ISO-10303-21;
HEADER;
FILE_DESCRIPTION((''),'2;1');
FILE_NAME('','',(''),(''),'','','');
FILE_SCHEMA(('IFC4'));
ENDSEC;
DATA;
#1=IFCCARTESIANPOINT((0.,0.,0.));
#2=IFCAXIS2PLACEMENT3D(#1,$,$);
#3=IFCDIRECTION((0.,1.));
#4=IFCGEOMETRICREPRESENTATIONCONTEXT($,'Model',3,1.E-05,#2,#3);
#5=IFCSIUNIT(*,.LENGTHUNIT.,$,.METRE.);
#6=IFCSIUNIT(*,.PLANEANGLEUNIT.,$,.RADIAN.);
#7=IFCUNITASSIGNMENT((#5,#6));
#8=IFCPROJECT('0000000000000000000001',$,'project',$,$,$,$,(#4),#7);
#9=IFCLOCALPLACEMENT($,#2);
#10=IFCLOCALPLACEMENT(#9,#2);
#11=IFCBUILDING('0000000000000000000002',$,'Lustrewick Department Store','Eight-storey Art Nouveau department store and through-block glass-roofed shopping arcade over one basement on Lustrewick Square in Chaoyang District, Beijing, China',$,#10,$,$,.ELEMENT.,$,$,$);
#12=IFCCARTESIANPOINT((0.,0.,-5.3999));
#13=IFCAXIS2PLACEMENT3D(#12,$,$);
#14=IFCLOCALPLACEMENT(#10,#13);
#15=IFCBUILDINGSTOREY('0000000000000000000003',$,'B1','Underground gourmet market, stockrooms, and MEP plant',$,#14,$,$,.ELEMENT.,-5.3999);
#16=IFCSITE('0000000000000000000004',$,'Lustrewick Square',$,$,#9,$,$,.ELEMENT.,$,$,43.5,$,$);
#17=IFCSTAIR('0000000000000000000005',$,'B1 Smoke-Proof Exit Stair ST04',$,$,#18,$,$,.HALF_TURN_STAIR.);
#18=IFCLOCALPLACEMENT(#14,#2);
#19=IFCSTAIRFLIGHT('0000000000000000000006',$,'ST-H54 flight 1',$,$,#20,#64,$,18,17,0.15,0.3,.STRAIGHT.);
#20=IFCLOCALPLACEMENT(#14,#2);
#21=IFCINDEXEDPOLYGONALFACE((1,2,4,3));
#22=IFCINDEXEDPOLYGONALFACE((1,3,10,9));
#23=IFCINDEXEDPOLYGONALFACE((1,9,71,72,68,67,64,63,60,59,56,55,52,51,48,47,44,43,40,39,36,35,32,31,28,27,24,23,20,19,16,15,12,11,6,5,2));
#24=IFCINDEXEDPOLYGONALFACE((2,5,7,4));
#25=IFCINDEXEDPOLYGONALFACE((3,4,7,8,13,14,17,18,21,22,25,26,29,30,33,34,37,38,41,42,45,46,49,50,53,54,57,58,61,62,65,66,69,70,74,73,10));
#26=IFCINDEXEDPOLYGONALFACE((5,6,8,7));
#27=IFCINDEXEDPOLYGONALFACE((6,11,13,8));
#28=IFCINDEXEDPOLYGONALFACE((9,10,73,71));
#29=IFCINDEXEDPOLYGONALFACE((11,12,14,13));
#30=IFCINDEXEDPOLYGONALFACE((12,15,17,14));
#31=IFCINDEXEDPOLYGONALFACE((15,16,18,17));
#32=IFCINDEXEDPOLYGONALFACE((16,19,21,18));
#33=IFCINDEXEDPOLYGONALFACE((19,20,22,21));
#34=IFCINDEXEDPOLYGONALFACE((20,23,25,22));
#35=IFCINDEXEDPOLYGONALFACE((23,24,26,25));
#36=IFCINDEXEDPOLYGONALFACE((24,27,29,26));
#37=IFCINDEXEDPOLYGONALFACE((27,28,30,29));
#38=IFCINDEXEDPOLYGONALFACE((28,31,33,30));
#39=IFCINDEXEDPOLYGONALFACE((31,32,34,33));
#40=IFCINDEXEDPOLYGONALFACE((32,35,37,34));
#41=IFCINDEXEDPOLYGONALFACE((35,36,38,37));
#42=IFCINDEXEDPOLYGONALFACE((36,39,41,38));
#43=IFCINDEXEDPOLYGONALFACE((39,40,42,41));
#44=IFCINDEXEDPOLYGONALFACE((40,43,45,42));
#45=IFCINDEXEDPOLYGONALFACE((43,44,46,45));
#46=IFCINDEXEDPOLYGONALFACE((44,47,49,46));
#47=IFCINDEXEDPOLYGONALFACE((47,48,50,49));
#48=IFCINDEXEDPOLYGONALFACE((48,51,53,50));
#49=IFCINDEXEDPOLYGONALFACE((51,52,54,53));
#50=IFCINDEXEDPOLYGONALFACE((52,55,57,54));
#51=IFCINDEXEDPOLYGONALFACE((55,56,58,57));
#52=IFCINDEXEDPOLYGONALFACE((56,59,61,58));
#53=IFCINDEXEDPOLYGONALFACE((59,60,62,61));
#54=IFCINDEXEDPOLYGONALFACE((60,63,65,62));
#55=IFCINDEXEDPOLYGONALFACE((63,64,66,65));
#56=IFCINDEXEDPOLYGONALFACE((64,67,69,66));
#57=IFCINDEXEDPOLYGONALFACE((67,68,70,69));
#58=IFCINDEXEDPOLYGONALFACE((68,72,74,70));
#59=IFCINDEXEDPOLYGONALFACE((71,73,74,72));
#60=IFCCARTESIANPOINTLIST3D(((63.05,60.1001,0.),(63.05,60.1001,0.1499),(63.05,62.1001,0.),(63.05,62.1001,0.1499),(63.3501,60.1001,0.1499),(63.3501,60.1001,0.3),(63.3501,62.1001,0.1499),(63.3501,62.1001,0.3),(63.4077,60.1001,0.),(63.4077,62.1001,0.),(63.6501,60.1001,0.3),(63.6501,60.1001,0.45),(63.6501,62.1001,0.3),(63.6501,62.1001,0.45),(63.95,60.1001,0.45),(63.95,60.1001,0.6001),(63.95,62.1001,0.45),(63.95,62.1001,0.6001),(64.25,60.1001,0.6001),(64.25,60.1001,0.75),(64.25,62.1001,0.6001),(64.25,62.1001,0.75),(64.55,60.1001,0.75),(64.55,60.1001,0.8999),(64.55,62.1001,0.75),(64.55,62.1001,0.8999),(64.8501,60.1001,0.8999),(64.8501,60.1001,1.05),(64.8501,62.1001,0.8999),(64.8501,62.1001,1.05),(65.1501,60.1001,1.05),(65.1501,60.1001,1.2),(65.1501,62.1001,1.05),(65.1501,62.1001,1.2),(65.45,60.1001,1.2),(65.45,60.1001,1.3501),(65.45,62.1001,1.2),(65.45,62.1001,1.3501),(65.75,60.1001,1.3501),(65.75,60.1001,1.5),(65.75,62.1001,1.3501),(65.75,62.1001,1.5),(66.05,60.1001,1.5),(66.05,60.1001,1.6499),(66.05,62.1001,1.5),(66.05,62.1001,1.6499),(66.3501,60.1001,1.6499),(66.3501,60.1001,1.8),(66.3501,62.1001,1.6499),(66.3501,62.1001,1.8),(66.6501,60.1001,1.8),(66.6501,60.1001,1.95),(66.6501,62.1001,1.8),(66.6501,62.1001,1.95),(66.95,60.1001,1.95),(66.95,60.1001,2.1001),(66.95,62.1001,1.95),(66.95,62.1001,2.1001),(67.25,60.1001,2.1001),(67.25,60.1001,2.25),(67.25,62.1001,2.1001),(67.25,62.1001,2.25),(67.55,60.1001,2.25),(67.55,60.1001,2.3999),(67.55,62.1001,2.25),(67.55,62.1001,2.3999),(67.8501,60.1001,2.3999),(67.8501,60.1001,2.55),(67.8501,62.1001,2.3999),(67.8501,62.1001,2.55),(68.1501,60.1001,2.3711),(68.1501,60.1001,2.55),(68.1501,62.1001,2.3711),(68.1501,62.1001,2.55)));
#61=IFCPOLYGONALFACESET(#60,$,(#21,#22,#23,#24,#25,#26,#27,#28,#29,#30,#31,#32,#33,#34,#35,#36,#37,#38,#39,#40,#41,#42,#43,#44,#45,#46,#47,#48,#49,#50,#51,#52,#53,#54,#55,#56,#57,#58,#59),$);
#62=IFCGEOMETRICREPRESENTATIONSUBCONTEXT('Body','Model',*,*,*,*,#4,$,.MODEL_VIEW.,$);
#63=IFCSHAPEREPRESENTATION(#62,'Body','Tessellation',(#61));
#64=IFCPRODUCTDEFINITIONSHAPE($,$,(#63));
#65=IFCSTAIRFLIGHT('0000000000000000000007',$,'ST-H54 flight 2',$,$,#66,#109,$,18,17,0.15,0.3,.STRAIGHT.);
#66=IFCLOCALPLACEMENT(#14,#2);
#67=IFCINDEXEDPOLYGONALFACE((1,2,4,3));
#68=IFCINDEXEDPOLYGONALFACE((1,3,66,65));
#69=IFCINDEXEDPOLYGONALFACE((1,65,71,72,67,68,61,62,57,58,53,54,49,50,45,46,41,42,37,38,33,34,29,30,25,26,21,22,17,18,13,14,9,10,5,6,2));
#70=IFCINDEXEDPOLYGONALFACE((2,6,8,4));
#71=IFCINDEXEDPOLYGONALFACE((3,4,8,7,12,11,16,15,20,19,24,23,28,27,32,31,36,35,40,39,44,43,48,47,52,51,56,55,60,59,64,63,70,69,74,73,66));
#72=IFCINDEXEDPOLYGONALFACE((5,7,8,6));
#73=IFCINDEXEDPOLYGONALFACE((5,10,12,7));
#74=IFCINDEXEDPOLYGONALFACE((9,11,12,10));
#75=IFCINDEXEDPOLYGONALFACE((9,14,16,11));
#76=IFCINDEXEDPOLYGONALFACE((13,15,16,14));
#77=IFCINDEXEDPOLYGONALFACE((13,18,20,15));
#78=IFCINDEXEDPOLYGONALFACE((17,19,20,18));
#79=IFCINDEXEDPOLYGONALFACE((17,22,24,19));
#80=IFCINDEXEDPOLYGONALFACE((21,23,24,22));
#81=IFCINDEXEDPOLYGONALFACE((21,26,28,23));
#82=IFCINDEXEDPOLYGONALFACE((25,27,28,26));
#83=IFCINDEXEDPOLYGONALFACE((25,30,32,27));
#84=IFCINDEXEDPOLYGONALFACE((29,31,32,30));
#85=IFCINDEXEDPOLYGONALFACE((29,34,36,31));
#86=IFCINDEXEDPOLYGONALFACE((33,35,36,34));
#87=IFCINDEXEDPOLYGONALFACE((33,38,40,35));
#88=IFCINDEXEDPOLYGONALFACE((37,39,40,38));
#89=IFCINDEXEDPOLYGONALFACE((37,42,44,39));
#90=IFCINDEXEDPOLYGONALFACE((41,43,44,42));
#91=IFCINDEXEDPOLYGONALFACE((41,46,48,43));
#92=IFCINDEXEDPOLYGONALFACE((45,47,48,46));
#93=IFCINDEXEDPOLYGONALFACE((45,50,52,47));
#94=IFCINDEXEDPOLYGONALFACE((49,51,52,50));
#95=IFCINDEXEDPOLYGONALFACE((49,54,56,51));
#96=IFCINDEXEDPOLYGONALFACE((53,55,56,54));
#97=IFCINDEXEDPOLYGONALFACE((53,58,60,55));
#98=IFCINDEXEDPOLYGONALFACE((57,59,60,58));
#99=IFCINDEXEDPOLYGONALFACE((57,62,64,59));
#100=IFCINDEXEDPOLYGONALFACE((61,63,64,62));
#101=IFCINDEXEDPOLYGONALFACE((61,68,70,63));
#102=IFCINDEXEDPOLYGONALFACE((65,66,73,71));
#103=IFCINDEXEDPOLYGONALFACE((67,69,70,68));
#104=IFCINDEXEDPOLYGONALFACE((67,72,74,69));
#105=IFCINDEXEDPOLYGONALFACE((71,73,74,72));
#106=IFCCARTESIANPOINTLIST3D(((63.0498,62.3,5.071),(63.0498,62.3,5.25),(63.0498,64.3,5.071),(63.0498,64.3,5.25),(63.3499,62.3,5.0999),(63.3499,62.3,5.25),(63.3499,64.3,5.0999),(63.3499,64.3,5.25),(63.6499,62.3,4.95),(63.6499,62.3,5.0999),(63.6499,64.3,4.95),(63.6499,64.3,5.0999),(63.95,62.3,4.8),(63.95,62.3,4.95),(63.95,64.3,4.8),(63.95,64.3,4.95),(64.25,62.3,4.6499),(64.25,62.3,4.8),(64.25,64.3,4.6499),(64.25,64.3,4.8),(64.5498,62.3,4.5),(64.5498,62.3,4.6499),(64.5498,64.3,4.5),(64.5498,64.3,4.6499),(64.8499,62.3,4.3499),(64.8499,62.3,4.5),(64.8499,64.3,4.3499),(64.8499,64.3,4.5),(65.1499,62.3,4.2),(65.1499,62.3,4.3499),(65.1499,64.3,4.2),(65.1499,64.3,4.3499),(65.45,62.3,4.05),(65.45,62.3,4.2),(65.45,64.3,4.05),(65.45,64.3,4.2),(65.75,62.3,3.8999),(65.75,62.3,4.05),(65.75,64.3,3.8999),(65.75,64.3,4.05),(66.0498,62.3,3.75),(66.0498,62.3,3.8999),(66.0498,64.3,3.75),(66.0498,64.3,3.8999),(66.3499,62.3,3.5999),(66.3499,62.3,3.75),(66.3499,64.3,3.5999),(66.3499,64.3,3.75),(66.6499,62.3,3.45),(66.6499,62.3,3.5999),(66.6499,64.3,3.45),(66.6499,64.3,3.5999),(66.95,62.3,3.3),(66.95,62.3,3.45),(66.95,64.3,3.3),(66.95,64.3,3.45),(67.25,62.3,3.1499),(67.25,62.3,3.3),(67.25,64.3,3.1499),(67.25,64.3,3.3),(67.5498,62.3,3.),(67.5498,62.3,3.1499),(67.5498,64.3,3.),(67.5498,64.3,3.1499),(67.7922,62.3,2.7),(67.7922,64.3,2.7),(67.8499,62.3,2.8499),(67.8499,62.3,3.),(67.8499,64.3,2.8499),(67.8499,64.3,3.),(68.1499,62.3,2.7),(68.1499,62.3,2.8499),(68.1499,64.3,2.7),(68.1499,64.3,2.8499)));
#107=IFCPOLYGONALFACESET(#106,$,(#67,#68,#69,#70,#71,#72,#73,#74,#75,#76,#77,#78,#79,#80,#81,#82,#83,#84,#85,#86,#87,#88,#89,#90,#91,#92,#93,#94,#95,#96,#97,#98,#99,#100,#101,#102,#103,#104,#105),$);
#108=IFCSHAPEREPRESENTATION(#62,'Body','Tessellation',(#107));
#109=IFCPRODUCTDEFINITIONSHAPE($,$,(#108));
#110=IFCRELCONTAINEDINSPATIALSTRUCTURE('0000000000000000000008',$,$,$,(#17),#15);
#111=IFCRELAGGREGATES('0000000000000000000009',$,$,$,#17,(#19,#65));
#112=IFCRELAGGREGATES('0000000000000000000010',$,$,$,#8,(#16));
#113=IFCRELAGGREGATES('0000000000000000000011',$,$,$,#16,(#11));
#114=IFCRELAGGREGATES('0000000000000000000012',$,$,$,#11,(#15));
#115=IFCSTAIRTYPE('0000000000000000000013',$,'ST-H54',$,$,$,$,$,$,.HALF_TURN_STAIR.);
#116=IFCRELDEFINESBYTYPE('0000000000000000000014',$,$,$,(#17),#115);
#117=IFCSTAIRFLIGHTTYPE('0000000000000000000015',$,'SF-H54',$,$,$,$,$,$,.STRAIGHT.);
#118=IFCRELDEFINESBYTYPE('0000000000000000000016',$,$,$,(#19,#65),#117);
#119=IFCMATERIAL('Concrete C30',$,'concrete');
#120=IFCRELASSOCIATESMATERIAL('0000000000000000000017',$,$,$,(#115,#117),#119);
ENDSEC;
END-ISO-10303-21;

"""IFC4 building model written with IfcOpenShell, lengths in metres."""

from ifc_helpers import new_model, si_unit, direction, frame, origin, place, context, subcontext, project, spatial, polyline, outline, extrude, material, type_object, element, aggregate, save


model = new_model("IFC4")

# Units and contexts
model_context = context("Model", 3, precision=1e-05, world=origin(), true_north=direction((0.0, 1.0)))
body_context = subcontext(model_context, "Body", "Model", "MODEL_VIEW")
ifc_project = project(units=[si_unit("LENGTHUNIT", "METRE"), si_unit("PLANEANGLEUNIT", "RADIAN")], contexts=[model_context])

# Site, building, storey
site_placement = place(None, origin())
site = spatial("IfcSite", under=ifc_project, at=site_placement, Name="Lustrewick Square", CompositionType="ELEMENT", RefElevation=43.5)
building_placement = place(site_placement, origin())
building = spatial("IfcBuilding", under=site, at=building_placement, Name="Lustrewick Department Store", Description="Eight-storey Art Nouveau department store and through-block glass-roofed shopping arcade over one basement on Lustrewick Square in Chaoyang District, Beijing, China", CompositionType="ELEMENT")
storey_placement = place(building_placement, frame((0.0, 0.0, -5.3999)))
storey = spatial("IfcBuildingStorey", under=building, at=storey_placement, Name="B1", Description="Underground gourmet market, stockrooms, and MEP plant", CompositionType="ELEMENT", Elevation=-5.3999)

# Stair, stair flights
ifc_material_1 = material(Name="Concrete C30", Category="concrete")
stair_type = type_object("IfcStairType", Name="ST-H54", PredefinedType="HALF_TURN_STAIR", material=ifc_material_1)
stair_placement = place(storey_placement, origin())
stair = element("IfcStair", 1, at=stair_placement, inside=storey, type_object=stair_type, Name="B1 Smoke-Proof Exit Stair ST04", PredefinedType="HALF_TURN_STAIR")
stair_flight_type = type_object("IfcStairFlightType", Name="SF-H54", PredefinedType="STRAIGHT", material=ifc_material_1)
stair_flight_1_placement = place(storey_placement, frame((63.05, 61.1001, 0.0), z_axis=(0.0, 0.0, 1.0), x_axis=(1.0, 0.0, 0.0)))
stair_flight_1 = element("IfcStairFlight", 2, at=stair_flight_1_placement, type_object=stair_flight_type, Name="ST-H54 flight 1", NumberOfRisers=18, NumberOfTreads=17, PredefinedType="STRAIGHT", RiserHeight=0.15, TreadLength=0.3, context=body_context, shape_type="SweptSolid", body=[
    extrude(outline(polyline([(0.0, 0.0), (0.0, 0.1499), (0.3, 0.1499), (0.3, 0.3), (0.6001, 0.3), (0.6001, 0.45), (0.8999, 0.45), (0.8999, 0.6001), (1.2, 0.6001), (1.2, 0.75), (1.5, 0.75), (1.5, 0.8999), (1.8, 0.8999), (1.8, 1.05), (2.1001, 1.05), (2.1001, 1.2), (2.3999, 1.2), (2.3999, 1.3501), (2.7, 1.3501), (2.7, 1.5), (3.0, 1.5), (3.0, 1.6499), (3.3, 1.6499), (3.3, 1.8), (3.6001, 1.8), (3.6001, 1.95), (3.8999, 1.95), (3.8999, 2.1001), (4.2, 2.1001), (4.2, 2.25), (4.5, 2.25), (4.5, 2.3999), (4.8, 2.3999), (4.8, 2.55), (5.1001, 2.55), (5.1001, 2.7), (5.1001, 2.3711), (0.3577, 0.0), (0.0, 0.0)])), frame((0.0, 1.0, 0.0), z_axis=(0.0, -1.0, 0.0), x_axis=(1.0, 0.0, 0.0)), (0.0, 0.0, 1.0), 2.0),
])
stair_flight_2_placement = place(storey_placement, frame((68.1499, 63.3, 2.7), z_axis=(0.0, 0.0, 1.0), x_axis=(-1.0, 0.0, 0.0)))
stair_flight_2 = element("IfcStairFlight", 3, at=stair_flight_2_placement, type_object=stair_flight_type, Name="ST-H54 flight 2", NumberOfRisers=18, NumberOfTreads=17, PredefinedType="STRAIGHT", RiserHeight=0.15, TreadLength=0.3, context=body_context, shape_type="SweptSolid", body=[
    extrude(outline(polyline([(0.0, 0.0), (0.0, 0.1499), (0.3, 0.1499), (0.3, 0.3), (0.6001, 0.3), (0.6001, 0.45), (0.8999, 0.45), (0.8999, 0.6001), (1.2, 0.6001), (1.2, 0.75), (1.5, 0.75), (1.5, 0.8999), (1.8, 0.8999), (1.8, 1.05), (2.1001, 1.05), (2.1001, 1.2), (2.3999, 1.2), (2.3999, 1.3501), (2.7, 1.3501), (2.7, 1.5), (3.0, 1.5), (3.0, 1.6499), (3.3, 1.6499), (3.3, 1.8), (3.6001, 1.8), (3.6001, 1.95), (3.8999, 1.95), (3.8999, 2.1001), (4.2, 2.1001), (4.2, 2.25), (4.5, 2.25), (4.5, 2.3999), (4.8, 2.3999), (4.8, 2.55), (5.1001, 2.55), (5.1001, 2.7), (5.1001, 2.3711), (0.3577, 0.0), (0.0, 0.0)])), frame((0.0, 1.0, 0.0), z_axis=(0.0, -1.0, 0.0), x_axis=(1.0, 0.0, 0.0)), (0.0, 0.0, 1.0), 2.0),
])
aggregate(stair, [stair_flight_1, stair_flight_2])

save(model, "model.ifc")
